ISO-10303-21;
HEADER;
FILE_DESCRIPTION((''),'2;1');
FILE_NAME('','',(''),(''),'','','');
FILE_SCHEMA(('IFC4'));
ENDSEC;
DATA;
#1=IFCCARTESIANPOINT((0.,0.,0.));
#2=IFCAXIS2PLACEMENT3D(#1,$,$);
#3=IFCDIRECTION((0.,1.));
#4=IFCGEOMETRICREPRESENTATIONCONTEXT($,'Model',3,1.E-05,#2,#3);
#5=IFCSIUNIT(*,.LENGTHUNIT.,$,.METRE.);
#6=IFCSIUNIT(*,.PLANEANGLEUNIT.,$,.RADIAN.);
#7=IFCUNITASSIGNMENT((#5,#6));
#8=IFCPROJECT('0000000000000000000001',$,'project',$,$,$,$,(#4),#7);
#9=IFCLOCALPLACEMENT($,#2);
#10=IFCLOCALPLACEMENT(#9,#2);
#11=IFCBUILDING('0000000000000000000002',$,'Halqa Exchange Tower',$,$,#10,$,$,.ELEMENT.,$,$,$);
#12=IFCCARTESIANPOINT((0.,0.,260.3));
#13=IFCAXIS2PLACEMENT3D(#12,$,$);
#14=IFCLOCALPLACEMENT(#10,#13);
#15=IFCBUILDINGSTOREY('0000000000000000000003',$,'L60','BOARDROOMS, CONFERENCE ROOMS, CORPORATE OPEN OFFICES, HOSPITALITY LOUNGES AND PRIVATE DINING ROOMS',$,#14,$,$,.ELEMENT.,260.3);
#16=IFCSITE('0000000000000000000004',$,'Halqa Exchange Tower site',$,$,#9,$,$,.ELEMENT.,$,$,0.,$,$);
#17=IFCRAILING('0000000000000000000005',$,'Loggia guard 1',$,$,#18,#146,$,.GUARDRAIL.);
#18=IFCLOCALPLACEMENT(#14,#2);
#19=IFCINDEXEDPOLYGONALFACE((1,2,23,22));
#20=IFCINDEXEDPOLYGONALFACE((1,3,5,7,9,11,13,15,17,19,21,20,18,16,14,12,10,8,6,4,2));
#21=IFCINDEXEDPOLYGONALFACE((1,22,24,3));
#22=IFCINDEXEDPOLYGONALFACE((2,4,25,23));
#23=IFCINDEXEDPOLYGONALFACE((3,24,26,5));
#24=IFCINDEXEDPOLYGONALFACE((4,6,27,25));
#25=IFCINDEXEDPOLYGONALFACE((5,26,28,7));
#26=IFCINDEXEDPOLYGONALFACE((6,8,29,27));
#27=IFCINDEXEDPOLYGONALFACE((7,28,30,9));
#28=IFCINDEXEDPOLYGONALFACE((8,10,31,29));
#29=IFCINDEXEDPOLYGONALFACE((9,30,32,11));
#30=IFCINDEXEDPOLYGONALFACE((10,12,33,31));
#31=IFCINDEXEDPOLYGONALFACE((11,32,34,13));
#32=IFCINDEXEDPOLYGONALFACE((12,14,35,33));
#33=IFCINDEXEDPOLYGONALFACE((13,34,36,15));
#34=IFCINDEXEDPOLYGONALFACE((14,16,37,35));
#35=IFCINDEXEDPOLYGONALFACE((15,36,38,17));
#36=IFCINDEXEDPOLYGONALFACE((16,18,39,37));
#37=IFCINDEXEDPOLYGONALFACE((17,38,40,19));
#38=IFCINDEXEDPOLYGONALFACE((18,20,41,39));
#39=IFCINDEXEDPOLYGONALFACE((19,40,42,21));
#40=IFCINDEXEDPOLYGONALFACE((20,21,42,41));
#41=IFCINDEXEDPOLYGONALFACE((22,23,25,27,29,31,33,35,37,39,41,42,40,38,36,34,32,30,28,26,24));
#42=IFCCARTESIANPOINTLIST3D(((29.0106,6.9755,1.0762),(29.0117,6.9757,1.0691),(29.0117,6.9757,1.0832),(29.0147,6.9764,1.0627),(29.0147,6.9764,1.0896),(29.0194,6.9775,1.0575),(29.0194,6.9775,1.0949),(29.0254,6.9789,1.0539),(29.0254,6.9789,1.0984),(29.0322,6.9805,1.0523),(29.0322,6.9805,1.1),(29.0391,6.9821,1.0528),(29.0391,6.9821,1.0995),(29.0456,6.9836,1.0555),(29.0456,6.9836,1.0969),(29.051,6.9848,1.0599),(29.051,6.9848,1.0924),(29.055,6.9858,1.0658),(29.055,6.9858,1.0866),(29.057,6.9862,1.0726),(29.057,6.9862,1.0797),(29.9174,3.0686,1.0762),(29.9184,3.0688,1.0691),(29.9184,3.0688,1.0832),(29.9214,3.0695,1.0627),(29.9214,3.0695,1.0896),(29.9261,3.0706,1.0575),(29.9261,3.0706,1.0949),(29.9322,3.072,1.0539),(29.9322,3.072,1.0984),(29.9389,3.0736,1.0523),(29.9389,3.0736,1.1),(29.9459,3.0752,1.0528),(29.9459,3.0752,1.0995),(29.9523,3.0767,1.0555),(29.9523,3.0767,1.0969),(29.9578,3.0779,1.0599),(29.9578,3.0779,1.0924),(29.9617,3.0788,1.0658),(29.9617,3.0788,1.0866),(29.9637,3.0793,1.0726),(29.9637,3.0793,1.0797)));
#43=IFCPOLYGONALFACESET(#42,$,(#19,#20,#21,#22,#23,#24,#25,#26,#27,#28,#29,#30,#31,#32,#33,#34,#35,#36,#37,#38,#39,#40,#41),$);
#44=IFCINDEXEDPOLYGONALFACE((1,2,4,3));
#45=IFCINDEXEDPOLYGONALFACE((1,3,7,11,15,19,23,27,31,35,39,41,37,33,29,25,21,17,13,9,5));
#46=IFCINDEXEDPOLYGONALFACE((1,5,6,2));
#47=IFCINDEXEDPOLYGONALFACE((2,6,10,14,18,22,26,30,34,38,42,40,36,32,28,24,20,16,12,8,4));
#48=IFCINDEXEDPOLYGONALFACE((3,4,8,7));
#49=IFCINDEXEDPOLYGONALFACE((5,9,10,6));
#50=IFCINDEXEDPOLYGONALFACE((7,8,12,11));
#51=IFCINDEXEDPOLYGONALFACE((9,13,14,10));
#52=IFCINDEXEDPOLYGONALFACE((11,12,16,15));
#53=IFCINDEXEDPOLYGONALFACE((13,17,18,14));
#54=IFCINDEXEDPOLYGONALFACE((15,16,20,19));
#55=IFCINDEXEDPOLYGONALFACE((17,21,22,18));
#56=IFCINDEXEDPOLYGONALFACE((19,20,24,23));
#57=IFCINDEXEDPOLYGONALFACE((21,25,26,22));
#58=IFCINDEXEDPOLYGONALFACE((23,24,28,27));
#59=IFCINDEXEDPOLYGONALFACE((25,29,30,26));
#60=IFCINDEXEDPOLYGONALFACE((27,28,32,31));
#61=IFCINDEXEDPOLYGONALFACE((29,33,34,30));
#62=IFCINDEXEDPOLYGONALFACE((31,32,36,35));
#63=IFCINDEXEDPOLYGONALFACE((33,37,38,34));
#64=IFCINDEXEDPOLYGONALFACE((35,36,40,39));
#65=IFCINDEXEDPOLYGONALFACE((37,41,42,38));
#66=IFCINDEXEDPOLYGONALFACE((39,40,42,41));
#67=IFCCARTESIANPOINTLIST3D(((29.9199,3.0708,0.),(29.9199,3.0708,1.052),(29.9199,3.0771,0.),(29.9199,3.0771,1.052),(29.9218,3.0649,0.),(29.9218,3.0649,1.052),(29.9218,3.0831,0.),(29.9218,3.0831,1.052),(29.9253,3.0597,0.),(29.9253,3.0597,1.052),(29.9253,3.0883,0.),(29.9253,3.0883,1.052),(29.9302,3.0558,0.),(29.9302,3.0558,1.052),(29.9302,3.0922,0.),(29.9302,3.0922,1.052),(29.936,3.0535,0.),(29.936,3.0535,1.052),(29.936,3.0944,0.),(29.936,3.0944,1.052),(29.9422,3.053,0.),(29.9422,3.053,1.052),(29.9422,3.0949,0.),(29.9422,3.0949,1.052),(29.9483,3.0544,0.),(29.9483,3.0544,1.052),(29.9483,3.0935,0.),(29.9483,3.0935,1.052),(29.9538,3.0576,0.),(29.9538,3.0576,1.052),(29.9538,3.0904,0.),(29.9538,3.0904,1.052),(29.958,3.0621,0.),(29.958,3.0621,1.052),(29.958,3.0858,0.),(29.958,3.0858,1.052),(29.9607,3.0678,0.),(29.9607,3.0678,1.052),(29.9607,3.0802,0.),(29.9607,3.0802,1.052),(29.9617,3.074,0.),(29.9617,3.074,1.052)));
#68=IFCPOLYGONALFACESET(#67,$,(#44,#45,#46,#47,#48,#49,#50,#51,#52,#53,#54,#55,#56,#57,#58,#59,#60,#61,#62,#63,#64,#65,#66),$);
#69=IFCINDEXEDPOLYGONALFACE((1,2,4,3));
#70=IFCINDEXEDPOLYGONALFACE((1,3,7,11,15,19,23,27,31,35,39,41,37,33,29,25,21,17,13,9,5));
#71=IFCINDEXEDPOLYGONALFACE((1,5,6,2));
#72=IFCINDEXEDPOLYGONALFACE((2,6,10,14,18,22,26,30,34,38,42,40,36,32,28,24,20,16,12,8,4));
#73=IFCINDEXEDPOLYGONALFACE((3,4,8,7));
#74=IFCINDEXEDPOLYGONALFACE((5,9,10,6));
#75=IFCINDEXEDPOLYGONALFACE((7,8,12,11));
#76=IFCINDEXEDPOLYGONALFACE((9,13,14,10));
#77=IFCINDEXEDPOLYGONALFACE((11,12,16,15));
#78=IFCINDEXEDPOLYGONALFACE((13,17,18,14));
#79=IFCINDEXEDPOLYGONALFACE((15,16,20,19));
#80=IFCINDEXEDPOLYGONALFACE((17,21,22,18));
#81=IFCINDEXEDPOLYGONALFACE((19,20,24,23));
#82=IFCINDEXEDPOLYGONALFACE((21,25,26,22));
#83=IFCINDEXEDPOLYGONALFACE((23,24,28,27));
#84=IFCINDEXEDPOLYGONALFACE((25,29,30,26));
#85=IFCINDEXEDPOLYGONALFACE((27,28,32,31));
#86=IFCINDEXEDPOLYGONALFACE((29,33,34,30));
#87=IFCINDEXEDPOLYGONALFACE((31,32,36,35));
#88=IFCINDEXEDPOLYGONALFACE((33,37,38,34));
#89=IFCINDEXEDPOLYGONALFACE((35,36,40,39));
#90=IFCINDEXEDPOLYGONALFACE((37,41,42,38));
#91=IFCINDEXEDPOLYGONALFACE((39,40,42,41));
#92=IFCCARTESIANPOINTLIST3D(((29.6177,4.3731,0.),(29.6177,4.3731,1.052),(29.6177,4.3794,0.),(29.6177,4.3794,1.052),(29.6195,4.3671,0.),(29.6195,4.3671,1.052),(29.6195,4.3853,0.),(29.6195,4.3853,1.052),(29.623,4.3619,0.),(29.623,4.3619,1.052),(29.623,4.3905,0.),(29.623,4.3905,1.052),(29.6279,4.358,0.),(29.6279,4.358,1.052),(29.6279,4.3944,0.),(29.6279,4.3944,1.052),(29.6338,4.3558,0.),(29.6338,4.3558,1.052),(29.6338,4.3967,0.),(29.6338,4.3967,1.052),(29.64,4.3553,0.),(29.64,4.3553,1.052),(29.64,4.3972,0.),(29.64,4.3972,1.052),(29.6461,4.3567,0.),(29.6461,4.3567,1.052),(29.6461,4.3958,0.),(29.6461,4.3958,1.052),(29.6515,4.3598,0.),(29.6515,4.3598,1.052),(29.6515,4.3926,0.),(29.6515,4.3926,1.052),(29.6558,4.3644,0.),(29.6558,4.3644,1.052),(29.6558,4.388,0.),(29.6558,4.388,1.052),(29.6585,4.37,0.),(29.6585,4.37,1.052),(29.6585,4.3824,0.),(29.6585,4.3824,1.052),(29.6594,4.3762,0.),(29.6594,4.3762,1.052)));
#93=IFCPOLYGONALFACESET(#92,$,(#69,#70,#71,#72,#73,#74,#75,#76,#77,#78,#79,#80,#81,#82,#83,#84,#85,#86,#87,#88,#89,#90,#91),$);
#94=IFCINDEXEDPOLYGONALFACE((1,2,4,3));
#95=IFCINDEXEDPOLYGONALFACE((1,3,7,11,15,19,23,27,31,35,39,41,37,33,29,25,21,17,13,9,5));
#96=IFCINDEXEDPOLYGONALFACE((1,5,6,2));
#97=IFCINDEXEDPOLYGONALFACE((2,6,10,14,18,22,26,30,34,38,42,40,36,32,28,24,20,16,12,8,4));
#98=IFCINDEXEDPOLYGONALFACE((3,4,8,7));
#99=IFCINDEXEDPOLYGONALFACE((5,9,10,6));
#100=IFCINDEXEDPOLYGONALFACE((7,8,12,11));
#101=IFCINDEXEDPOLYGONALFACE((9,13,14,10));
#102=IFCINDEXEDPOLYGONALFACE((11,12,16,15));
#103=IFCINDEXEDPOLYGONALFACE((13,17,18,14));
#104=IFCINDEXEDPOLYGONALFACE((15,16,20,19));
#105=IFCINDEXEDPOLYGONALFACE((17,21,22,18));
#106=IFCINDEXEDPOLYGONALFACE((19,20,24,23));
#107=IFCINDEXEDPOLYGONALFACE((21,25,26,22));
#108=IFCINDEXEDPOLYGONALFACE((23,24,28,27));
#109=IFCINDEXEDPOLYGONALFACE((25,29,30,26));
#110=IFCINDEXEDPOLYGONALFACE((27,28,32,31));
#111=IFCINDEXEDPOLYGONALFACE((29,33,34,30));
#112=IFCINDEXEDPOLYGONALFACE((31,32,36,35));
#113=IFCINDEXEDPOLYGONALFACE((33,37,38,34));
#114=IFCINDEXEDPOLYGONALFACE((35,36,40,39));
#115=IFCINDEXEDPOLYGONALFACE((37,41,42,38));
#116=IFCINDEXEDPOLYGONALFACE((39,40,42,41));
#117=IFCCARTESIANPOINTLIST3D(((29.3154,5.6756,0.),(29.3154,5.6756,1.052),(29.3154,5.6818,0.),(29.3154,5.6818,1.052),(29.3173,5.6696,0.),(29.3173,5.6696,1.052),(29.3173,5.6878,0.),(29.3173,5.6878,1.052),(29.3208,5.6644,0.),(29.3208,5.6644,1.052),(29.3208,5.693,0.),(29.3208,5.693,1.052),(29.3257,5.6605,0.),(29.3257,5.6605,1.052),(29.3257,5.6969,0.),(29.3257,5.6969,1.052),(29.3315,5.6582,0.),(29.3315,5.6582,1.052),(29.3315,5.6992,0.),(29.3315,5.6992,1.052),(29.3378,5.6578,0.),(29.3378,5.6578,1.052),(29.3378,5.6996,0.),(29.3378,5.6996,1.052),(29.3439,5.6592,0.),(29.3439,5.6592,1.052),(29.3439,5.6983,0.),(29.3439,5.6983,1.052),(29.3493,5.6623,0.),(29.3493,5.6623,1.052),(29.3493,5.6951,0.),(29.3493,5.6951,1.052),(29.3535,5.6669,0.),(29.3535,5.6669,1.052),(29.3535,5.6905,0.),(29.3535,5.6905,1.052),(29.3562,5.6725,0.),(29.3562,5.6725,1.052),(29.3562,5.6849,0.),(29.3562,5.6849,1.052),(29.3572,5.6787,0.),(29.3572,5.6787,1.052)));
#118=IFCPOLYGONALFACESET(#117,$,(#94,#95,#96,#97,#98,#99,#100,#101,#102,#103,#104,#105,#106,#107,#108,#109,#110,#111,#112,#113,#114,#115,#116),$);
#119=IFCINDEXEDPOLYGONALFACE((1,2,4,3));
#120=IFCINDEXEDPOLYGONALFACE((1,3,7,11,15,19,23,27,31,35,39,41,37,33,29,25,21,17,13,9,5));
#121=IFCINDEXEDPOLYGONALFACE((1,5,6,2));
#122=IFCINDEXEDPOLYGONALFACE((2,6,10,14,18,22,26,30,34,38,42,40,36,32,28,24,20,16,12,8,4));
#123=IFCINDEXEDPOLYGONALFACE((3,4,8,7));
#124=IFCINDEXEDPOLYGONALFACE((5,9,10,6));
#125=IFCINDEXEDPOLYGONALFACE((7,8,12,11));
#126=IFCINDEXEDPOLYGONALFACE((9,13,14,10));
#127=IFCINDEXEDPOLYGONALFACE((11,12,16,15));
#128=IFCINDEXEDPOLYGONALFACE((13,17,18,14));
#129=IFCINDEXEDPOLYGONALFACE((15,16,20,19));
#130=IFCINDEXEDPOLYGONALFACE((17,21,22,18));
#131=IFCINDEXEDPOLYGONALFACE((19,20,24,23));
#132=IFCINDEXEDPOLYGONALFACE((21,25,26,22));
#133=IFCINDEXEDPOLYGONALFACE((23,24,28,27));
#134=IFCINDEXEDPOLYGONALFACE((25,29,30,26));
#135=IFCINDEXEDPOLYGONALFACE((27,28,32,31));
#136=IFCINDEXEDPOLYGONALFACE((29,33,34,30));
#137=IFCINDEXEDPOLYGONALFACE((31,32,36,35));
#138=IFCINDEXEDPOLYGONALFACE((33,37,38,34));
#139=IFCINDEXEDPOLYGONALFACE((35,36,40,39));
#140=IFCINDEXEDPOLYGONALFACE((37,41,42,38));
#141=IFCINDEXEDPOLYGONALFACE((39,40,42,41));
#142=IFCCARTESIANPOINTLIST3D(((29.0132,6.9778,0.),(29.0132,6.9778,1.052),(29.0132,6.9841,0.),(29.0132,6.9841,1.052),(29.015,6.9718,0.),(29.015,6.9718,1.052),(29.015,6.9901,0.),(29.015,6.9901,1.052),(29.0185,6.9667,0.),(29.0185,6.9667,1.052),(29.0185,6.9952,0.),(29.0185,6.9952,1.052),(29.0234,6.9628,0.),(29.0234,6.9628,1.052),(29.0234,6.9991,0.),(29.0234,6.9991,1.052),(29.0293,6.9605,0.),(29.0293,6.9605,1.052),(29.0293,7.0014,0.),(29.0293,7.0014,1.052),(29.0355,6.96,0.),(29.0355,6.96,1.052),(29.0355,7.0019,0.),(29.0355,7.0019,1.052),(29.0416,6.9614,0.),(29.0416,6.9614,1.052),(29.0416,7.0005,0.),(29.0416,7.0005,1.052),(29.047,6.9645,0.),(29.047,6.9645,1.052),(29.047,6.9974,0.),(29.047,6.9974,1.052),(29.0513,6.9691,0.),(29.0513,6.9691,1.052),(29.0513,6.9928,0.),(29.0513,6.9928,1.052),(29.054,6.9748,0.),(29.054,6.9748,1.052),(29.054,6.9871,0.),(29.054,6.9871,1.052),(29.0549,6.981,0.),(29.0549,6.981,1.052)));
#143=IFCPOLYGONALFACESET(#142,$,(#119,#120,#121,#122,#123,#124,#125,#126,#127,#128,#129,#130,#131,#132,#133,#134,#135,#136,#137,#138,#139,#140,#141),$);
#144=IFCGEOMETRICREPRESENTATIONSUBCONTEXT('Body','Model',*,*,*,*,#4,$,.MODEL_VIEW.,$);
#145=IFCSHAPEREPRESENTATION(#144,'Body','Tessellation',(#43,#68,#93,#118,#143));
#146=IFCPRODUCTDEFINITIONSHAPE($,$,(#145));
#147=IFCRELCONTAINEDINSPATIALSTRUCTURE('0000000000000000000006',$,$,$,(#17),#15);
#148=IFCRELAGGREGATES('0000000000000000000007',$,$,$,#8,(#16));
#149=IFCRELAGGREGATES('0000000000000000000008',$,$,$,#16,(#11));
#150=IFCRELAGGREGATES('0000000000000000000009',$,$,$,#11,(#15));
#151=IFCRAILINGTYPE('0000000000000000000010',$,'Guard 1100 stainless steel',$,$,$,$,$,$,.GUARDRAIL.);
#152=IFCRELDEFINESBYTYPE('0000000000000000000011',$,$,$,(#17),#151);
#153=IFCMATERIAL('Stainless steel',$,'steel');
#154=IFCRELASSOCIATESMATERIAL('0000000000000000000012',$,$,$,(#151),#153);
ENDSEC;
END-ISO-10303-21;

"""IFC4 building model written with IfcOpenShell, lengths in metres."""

from ifc_helpers import new_model, si_unit, direction, frame, origin, origin_2d, place, context, subcontext, project, spatial, circle, extrude, material, type_object, element, save


model = new_model("IFC4")

# Units and contexts
model_context = context("Model", 3, precision=1e-05, world=origin(), true_north=direction((0.0, 1.0)))
body_context = subcontext(model_context, "Body", "Model", "MODEL_VIEW")
ifc_project = project(units=[si_unit("LENGTHUNIT", "METRE"), si_unit("PLANEANGLEUNIT", "RADIAN")], contexts=[model_context])

# Site, building, storey
site_placement = place(None, origin())
site = spatial("IfcSite", under=ifc_project, at=site_placement, Name="Halqa Exchange Tower site", CompositionType="ELEMENT", RefElevation=0.0)
building_placement = place(site_placement, origin())
building = spatial("IfcBuilding", under=site, at=building_placement, Name="Halqa Exchange Tower", CompositionType="ELEMENT")
storey_placement = place(building_placement, frame((0.0, 0.0, 260.3)))
storey = spatial("IfcBuildingStorey", under=building, at=storey_placement, Name="L60", Description="BOARDROOMS, CONFERENCE ROOMS, CORPORATE OPEN OFFICES, HOSPITALITY LOUNGES AND PRIVATE DINING ROOMS", CompositionType="ELEMENT", Elevation=260.3)

# Railing
ifc_material_1 = material(Name="Stainless steel", Category="steel")
railing_type = type_object("IfcRailingType", Name="Guard 1100 stainless steel", PredefinedType="GUARDRAIL", material=ifc_material_1)
railing_1_placement = place(storey_placement, frame((29.9407, 3.074, 0.0)))
element("IfcRailing", 1, at=railing_1_placement, inside=storey, type_object=railing_type, Name="Loggia guard 1", PredefinedType="GUARDRAIL", context=body_context, shape_type="SweptSolid", body=[
    extrude(circle(Radius=0.0239, at=origin_2d()), frame((0.0, 0.0, 1.0762), z_axis=(-0.226073, 0.97411, 0.0), x_axis=(-0.97411, -0.226073, 0.0)), (0.0, 0.0, 1.0), 4.0107),
    extrude(circle(Radius=0.021, at=origin_2d()), origin(), (0.0, 0.0, 1.0), 1.052),
    extrude(circle(Radius=0.021, at=origin_2d()), frame((-0.3022, 1.3022, 0.0)), (0.0, 0.0, 1.0), 1.052),
    extrude(circle(Radius=0.021, at=origin_2d()), frame((-0.6045, 2.6047, 0.0)), (0.0, 0.0, 1.0), 1.052),
    extrude(circle(Radius=0.021, at=origin_2d()), frame((-0.9067, 3.907, 0.0)), (0.0, 0.0, 1.0), 1.052),
])

save(model, "model.ifc")
